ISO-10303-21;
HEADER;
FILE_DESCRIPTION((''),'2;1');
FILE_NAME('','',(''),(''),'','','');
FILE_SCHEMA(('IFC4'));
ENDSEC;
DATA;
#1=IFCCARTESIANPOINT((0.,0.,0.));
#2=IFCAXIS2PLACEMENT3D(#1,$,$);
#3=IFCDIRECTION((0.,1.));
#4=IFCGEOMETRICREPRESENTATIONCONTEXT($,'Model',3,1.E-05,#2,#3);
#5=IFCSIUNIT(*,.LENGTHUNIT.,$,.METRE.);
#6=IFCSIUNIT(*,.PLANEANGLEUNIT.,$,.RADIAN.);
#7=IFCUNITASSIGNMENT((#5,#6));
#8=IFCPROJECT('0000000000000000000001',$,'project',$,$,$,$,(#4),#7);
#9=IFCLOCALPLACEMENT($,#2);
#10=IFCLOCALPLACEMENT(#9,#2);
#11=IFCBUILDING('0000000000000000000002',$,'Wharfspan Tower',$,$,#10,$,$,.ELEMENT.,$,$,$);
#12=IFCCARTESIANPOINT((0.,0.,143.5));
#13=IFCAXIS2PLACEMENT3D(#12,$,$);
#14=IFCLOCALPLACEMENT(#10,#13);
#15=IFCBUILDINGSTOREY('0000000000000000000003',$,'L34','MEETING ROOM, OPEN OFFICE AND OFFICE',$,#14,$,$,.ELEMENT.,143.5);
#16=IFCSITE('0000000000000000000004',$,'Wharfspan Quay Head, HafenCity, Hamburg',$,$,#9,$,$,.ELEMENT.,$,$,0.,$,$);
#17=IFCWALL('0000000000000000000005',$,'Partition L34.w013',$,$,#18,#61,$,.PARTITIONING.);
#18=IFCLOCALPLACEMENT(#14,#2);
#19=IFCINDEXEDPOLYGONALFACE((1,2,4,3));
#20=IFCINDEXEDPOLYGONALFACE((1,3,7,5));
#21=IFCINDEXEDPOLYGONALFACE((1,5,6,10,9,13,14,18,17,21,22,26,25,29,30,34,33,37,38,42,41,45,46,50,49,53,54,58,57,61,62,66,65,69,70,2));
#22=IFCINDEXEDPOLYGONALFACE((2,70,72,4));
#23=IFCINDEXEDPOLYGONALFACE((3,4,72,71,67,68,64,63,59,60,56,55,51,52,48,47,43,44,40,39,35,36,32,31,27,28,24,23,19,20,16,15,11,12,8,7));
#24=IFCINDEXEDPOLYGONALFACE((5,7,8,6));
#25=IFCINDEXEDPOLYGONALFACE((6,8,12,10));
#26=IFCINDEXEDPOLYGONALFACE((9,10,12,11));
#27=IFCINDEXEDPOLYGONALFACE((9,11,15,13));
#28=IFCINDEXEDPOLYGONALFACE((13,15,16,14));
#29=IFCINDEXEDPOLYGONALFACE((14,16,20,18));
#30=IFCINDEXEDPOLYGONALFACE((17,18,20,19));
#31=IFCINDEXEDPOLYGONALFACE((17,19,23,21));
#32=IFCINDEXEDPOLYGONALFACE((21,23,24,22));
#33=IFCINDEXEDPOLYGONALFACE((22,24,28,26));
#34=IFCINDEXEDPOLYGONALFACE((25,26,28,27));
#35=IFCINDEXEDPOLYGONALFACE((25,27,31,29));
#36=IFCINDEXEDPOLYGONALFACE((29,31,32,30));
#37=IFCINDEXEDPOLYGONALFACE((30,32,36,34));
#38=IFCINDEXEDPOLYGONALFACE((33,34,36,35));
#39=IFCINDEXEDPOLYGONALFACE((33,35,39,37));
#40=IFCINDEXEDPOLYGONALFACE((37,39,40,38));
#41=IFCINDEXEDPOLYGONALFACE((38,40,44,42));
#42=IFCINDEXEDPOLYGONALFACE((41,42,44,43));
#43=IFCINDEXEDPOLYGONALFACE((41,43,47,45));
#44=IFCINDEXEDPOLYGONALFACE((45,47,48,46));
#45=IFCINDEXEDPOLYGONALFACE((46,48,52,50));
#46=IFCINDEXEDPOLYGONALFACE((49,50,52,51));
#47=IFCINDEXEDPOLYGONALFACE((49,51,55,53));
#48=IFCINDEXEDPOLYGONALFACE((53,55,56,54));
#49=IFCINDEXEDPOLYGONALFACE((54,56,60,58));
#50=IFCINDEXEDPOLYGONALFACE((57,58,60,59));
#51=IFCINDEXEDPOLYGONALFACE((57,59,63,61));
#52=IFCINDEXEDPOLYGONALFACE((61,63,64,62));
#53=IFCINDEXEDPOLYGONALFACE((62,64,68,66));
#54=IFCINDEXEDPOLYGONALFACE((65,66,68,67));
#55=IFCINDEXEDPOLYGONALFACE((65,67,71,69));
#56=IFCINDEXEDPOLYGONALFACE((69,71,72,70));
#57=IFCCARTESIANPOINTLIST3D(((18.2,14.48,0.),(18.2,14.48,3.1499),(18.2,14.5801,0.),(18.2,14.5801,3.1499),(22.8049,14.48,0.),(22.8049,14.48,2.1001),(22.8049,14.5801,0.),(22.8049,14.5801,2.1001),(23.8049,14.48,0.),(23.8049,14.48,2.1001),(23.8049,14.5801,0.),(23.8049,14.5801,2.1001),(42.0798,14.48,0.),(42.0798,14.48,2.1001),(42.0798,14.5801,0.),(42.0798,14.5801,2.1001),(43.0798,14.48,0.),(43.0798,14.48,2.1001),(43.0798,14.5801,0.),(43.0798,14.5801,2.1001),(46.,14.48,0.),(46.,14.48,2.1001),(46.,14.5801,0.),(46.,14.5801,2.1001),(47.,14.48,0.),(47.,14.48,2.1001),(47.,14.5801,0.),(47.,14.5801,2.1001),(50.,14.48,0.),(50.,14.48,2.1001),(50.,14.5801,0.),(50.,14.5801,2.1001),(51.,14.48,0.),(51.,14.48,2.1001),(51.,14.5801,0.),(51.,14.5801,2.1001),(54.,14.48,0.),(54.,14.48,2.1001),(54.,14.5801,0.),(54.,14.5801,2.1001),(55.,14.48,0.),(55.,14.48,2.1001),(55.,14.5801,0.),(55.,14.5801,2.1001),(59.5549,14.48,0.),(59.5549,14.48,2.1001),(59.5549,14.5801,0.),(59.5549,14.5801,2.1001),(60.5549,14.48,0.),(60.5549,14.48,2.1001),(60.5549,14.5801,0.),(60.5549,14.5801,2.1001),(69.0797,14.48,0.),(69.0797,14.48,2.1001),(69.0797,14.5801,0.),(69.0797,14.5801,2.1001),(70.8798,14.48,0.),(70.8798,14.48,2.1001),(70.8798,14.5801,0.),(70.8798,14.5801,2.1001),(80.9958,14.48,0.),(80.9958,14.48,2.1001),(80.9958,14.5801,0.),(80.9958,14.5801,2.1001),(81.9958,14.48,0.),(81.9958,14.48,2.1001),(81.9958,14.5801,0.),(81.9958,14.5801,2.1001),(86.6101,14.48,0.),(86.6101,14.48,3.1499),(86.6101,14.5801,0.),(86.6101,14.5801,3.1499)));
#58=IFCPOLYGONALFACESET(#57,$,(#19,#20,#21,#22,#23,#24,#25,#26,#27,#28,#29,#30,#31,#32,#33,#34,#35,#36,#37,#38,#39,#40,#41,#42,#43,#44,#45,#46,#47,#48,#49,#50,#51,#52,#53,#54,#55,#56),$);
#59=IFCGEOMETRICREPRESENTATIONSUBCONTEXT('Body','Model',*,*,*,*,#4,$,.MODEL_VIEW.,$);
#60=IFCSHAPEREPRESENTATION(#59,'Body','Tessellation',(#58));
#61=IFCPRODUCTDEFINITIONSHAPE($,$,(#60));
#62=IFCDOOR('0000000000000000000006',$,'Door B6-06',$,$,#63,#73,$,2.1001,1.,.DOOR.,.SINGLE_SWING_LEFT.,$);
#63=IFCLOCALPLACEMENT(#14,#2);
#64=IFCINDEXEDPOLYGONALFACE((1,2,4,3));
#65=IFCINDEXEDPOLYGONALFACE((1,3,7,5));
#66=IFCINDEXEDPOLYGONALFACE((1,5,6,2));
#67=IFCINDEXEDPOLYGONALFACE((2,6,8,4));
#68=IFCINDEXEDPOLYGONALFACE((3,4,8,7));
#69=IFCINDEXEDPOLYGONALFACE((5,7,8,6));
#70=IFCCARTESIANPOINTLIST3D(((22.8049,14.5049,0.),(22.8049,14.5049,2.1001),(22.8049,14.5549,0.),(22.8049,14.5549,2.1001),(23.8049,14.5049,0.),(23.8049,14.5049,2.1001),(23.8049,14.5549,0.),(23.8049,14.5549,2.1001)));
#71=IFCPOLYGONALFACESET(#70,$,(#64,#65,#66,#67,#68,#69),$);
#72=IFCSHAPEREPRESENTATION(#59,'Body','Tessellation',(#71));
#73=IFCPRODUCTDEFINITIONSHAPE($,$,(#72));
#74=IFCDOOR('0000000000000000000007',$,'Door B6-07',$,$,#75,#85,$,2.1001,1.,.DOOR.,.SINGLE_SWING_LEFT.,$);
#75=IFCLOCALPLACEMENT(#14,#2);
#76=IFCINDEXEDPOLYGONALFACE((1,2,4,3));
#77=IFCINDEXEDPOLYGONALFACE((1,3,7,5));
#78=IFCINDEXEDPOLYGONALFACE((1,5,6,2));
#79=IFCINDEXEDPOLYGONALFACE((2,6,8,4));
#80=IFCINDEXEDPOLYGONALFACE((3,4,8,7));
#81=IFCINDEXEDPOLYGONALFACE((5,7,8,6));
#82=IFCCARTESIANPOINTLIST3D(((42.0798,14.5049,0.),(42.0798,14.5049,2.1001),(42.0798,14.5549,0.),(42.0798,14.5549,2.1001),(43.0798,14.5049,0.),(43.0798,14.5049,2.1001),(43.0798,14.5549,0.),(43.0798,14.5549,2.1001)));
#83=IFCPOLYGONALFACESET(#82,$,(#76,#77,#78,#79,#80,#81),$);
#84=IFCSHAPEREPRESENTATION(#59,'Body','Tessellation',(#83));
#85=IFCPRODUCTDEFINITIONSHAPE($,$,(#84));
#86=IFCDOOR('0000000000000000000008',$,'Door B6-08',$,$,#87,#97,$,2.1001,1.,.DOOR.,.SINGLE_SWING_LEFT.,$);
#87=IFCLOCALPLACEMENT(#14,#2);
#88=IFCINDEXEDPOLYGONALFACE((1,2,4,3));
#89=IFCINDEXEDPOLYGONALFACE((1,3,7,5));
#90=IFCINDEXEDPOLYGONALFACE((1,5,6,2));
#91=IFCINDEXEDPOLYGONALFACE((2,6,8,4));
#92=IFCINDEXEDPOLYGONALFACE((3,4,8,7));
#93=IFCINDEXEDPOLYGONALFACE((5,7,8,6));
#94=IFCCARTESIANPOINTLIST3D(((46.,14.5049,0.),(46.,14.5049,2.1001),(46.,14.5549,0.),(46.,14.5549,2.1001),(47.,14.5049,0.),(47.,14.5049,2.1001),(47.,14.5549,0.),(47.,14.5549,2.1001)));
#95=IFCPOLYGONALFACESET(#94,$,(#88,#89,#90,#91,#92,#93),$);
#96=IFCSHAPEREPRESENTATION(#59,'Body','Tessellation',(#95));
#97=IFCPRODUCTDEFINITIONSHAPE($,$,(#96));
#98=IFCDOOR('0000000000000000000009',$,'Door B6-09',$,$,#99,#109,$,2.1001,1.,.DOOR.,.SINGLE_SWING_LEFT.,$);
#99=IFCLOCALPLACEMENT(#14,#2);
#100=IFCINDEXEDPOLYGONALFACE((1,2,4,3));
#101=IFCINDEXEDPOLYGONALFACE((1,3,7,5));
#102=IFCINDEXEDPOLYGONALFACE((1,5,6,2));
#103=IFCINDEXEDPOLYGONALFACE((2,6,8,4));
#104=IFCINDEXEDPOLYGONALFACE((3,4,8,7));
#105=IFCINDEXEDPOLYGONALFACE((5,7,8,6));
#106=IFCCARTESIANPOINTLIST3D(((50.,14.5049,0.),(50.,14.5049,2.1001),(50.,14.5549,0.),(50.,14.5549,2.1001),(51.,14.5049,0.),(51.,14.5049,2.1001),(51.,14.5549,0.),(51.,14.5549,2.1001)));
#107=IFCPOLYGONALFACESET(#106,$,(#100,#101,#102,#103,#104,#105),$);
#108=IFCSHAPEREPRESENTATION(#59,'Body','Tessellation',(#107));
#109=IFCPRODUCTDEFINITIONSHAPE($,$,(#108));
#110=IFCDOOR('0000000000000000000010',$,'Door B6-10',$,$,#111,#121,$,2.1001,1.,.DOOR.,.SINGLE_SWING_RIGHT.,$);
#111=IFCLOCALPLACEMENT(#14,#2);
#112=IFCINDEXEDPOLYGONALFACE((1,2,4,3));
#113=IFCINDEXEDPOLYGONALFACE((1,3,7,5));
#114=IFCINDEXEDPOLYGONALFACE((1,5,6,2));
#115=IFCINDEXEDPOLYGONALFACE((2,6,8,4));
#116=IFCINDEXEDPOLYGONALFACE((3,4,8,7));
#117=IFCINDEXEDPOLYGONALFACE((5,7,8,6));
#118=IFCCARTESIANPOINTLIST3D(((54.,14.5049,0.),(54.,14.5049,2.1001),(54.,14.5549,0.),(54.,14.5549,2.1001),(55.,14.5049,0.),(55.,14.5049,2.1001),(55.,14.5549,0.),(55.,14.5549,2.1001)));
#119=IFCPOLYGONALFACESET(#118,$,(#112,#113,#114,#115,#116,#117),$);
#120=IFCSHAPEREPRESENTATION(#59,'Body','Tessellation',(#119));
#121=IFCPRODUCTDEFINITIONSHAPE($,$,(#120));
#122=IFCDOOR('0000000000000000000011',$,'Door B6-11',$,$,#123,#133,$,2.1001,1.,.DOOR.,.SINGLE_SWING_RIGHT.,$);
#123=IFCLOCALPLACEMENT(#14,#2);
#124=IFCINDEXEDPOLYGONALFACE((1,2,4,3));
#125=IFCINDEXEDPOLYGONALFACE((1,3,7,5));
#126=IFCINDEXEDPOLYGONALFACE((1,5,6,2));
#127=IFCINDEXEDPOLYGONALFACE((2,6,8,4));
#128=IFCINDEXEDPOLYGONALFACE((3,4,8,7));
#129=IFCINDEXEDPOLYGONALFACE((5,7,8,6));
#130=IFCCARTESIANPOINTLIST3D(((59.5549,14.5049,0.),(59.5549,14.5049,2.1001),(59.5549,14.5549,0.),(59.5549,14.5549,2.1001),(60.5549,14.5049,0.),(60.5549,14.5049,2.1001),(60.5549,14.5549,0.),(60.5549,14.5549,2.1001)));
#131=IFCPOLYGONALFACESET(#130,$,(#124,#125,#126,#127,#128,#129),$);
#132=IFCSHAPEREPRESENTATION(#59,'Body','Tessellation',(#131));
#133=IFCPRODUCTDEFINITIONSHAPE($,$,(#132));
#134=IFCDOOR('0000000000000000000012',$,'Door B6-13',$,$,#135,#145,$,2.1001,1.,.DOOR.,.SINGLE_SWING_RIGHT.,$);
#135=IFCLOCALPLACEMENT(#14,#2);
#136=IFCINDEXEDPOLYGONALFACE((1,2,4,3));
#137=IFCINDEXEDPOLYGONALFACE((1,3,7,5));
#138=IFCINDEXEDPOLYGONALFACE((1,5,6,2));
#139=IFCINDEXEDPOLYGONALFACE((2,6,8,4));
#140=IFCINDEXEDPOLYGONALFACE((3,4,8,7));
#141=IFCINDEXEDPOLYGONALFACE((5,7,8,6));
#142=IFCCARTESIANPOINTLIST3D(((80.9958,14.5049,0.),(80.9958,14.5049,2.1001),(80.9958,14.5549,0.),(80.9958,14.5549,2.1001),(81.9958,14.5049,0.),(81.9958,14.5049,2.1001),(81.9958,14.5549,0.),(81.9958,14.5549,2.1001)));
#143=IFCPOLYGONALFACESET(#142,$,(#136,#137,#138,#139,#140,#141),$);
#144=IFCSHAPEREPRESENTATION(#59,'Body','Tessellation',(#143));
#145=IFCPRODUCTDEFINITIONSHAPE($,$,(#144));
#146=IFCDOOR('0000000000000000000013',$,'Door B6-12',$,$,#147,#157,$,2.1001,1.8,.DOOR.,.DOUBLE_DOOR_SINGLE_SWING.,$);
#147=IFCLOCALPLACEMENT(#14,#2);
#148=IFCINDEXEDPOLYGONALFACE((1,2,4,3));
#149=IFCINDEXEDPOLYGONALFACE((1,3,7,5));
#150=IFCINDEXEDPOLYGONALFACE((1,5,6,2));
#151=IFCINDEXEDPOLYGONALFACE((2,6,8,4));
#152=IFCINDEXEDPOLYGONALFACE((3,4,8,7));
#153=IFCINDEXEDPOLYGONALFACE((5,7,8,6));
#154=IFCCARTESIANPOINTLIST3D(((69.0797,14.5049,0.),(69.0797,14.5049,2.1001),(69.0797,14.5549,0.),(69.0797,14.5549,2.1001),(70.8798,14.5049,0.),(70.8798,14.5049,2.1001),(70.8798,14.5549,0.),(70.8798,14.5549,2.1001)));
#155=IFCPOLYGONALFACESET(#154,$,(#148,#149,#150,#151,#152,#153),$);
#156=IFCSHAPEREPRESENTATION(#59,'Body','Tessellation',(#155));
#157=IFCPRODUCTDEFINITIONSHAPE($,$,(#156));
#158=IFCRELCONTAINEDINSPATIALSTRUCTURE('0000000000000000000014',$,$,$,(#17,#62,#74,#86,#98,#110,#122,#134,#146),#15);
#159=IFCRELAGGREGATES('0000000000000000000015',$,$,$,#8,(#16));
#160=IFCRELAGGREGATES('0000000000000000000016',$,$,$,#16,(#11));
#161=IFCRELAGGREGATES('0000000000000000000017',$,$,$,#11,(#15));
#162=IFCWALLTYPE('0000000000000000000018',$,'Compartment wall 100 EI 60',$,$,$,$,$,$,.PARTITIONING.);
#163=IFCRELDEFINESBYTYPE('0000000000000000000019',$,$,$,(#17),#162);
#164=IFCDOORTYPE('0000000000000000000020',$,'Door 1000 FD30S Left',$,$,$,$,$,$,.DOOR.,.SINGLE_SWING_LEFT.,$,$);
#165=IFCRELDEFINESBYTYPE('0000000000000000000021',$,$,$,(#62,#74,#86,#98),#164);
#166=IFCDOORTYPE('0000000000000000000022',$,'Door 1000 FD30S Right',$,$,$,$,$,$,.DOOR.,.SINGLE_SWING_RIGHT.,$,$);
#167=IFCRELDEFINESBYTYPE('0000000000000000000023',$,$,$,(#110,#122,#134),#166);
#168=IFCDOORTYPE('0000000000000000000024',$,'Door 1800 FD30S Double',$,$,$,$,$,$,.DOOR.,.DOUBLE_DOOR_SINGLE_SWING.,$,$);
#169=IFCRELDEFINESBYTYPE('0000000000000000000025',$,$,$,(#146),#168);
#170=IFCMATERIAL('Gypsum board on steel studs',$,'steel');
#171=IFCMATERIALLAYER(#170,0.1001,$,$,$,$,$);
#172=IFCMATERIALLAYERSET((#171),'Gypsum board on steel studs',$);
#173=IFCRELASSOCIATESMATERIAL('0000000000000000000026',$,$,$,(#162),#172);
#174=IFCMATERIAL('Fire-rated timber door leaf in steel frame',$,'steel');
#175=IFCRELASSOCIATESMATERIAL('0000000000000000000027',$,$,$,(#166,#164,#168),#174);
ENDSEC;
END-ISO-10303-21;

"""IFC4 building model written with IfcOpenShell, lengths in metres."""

from ifc_helpers import new_model, si_unit, direction, frame, frame_2d, origin, place, context, subcontext, project, spatial, rectangle, extrude, material, layer, layer_set, type_object, element, fill, save


model = new_model("IFC4")

# Units and contexts
model_context = context("Model", 3, precision=1e-05, world=origin(), true_north=direction((0.0, 1.0)))
body_context = subcontext(model_context, "Body", "Model", "MODEL_VIEW")
ifc_project = project(units=[si_unit("LENGTHUNIT", "METRE"), si_unit("PLANEANGLEUNIT", "RADIAN")], contexts=[model_context])

# Site, building, storey
site_placement = place(None, origin())
site = spatial("IfcSite", under=ifc_project, at=site_placement, Name="Wharfspan Quay Head, HafenCity, Hamburg", CompositionType="ELEMENT", RefElevation=0.0)
building_placement = place(site_placement, origin())
building = spatial("IfcBuilding", under=site, at=building_placement, Name="Wharfspan Tower", CompositionType="ELEMENT")
storey_placement = place(building_placement, frame((0.0, 0.0, 143.5)))
storey = spatial("IfcBuildingStorey", under=building, at=storey_placement, Name="L34", Description="MEETING ROOM, OPEN OFFICE AND OFFICE", CompositionType="ELEMENT", Elevation=143.5)

# Shared definitions
ifc_material_1 = material(Name="Gypsum board on steel studs", Category="steel")
ifc_layer_1 = layer(ifc_material_1, 0.1001)
ifc_layer_set_1 = layer_set([ifc_layer_1], Name="Gypsum board on steel studs")
wall_type_1 = type_object("IfcWallType", Name="Compartment wall 100 EI 60", PredefinedType="PARTITIONING", material=ifc_layer_set_1)
ifc_material_2 = material(Name="Fire-rated timber door leaf in steel frame", Category="steel")
door_type_1 = type_object("IfcDoorType", Name="Door 1000 FD30S Right", OperationType="SINGLE_SWING_RIGHT", PredefinedType="DOOR", material=ifc_material_2)

# Wall, openings, doors
wall_1_placement = place(storey_placement, frame((18.2, 14.53, 0.0), z_axis=(0.0, 0.0, 1.0), x_axis=(1.0, 0.0, 0.0)))
wall_1 = element("IfcWall", 1, at=wall_1_placement, inside=storey, type_object=wall_type_1, Name="Partition L34.w013", PredefinedType="PARTITIONING", context=body_context, shape_type="SweptSolid", body=[
    extrude(rectangle(XDim=68.4102, YDim=0.1001, at=frame_2d((34.2051, 0.0))), origin(), (0.0, 0.0, 1.0), 3.1499),
])
opening_1_placement = place(wall_1_placement, frame((4.605, 0.0, 0.0)))
opening_1 = element("IfcOpeningElement", 2, at=opening_1_placement, cuts=wall_1, PredefinedType="OPENING", context=body_context, shape_type="SweptSolid", body=[
    extrude(rectangle(XDim=1.0, YDim=2.1001, at=frame_2d((0.5, 1.05))), frame((0.0, 0.0601, 0.0), z_axis=(0.0, -1.0, 0.0), x_axis=(1.0, 0.0, 0.0)), (0.0, 0.0, 1.0), 0.1201),
])
opening_2_placement = place(wall_1_placement, frame((23.8799, 0.0, 0.0)))
opening_2 = element("IfcOpeningElement", 3, at=opening_2_placement, cuts=wall_1, PredefinedType="OPENING", context=body_context, shape_type="SweptSolid", body=[
    extrude(rectangle(XDim=1.0, YDim=2.1001, at=frame_2d((0.5, 1.05))), frame((0.0, 0.0601, 0.0), z_axis=(0.0, -1.0, 0.0), x_axis=(1.0, 0.0, 0.0)), (0.0, 0.0, 1.0), 0.1201),
])
opening_3_placement = place(wall_1_placement, frame((27.8, 0.0, 0.0)))
opening_3 = element("IfcOpeningElement", 4, at=opening_3_placement, cuts=wall_1, PredefinedType="OPENING", context=body_context, shape_type="SweptSolid", body=[
    extrude(rectangle(XDim=1.0, YDim=2.1001, at=frame_2d((0.5, 1.05))), frame((0.0, 0.0601, 0.0), z_axis=(0.0, -1.0, 0.0), x_axis=(1.0, 0.0, 0.0)), (0.0, 0.0, 1.0), 0.1201),
])
opening_4_placement = place(wall_1_placement, frame((31.8, 0.0, 0.0)))
opening_4 = element("IfcOpeningElement", 5, at=opening_4_placement, cuts=wall_1, PredefinedType="OPENING", context=body_context, shape_type="SweptSolid", body=[
    extrude(rectangle(XDim=1.0, YDim=2.1001, at=frame_2d((0.5, 1.05))), frame((0.0, 0.0601, 0.0), z_axis=(0.0, -1.0, 0.0), x_axis=(1.0, 0.0, 0.0)), (0.0, 0.0, 1.0), 0.1201),
])
opening_5_placement = place(wall_1_placement, frame((35.8, 0.0, 0.0)))
opening_5 = element("IfcOpeningElement", 6, at=opening_5_placement, cuts=wall_1, PredefinedType="OPENING", context=body_context, shape_type="SweptSolid", body=[
    extrude(rectangle(XDim=1.0, YDim=2.1001, at=frame_2d((0.5, 1.05))), frame((0.0, 0.0601, 0.0), z_axis=(0.0, -1.0, 0.0), x_axis=(1.0, 0.0, 0.0)), (0.0, 0.0, 1.0), 0.1201),
])
opening_6_placement = place(wall_1_placement, frame((41.355, 0.0, 0.0)))
opening_6 = element("IfcOpeningElement", 7, at=opening_6_placement, cuts=wall_1, PredefinedType="OPENING", context=body_context, shape_type="SweptSolid", body=[
    extrude(rectangle(XDim=1.0, YDim=2.1001, at=frame_2d((0.5, 1.05))), frame((0.0, 0.0601, 0.0), z_axis=(0.0, -1.0, 0.0), x_axis=(1.0, 0.0, 0.0)), (0.0, 0.0, 1.0), 0.1201),
])
opening_7_placement = place(wall_1_placement, frame((50.8799, 0.0, 0.0)))
opening_7 = element("IfcOpeningElement", 8, at=opening_7_placement, cuts=wall_1, PredefinedType="OPENING", context=body_context, shape_type="SweptSolid", body=[
    extrude(rectangle(XDim=1.8, YDim=2.1001, at=frame_2d((0.8999, 1.05))), frame((0.0, 0.0601, 0.0), z_axis=(0.0, -1.0, 0.0), x_axis=(1.0, 0.0, 0.0)), (0.0, 0.0, 1.0), 0.1201),
])
opening_8_placement = place(wall_1_placement, frame((62.7959, 0.0, 0.0)))
opening_8 = element("IfcOpeningElement", 9, at=opening_8_placement, cuts=wall_1, PredefinedType="OPENING", context=body_context, shape_type="SweptSolid", body=[
    extrude(rectangle(XDim=1.0, YDim=2.1001, at=frame_2d((0.5, 1.05))), frame((0.0, 0.0601, 0.0), z_axis=(0.0, -1.0, 0.0), x_axis=(1.0, 0.0, 0.0)), (0.0, 0.0, 1.0), 0.1201),
])
door_type_2 = type_object("IfcDoorType", Name="Door 1000 FD30S Left", OperationType="SINGLE_SWING_LEFT", PredefinedType="DOOR", material=ifc_material_2)
door_1_placement = place(opening_1_placement, origin())
door_1 = element("IfcDoor", 10, at=door_1_placement, inside=storey, type_object=door_type_2, Name="Door B6-06", OperationType="SINGLE_SWING_LEFT", OverallHeight=2.1001, OverallWidth=1.0, PredefinedType="DOOR", context=body_context, shape_type="SweptSolid", body=[
    extrude(rectangle(XDim=1.0, YDim=2.1001, at=frame_2d((0.5, 1.05))), frame((0.0, 0.0249, 0.0), z_axis=(0.0, -1.0, 0.0), x_axis=(1.0, 0.0, 0.0)), (0.0, 0.0, 1.0), 0.05),
])
fill(opening_1, door_1)
door_2_placement = place(opening_2_placement, origin())
door_2 = element("IfcDoor", 11, at=door_2_placement, inside=storey, type_object=door_type_2, Name="Door B6-07", OperationType="SINGLE_SWING_LEFT", OverallHeight=2.1001, OverallWidth=1.0, PredefinedType="DOOR", context=body_context, shape_type="SweptSolid", body=[
    extrude(rectangle(XDim=1.0, YDim=2.1001, at=frame_2d((0.5, 1.05))), frame((0.0, 0.0249, 0.0), z_axis=(0.0, -1.0, 0.0), x_axis=(1.0, 0.0, 0.0)), (0.0, 0.0, 1.0), 0.05),
])
fill(opening_2, door_2)
door_3_placement = place(opening_3_placement, origin())
door_3 = element("IfcDoor", 12, at=door_3_placement, inside=storey, type_object=door_type_2, Name="Door B6-08", OperationType="SINGLE_SWING_LEFT", OverallHeight=2.1001, OverallWidth=1.0, PredefinedType="DOOR", context=body_context, shape_type="SweptSolid", body=[
    extrude(rectangle(XDim=1.0, YDim=2.1001, at=frame_2d((0.5, 1.05))), frame((0.0, 0.0249, 0.0), z_axis=(0.0, -1.0, 0.0), x_axis=(1.0, 0.0, 0.0)), (0.0, 0.0, 1.0), 0.05),
])
fill(opening_3, door_3)
door_4_placement = place(opening_4_placement, origin())
door_4 = element("IfcDoor", 13, at=door_4_placement, inside=storey, type_object=door_type_2, Name="Door B6-09", OperationType="SINGLE_SWING_LEFT", OverallHeight=2.1001, OverallWidth=1.0, PredefinedType="DOOR", context=body_context, shape_type="SweptSolid", body=[
    extrude(rectangle(XDim=1.0, YDim=2.1001, at=frame_2d((0.5, 1.05))), frame((0.0, 0.0249, 0.0), z_axis=(0.0, -1.0, 0.0), x_axis=(1.0, 0.0, 0.0)), (0.0, 0.0, 1.0), 0.05),
])
fill(opening_4, door_4)
door_5_placement = place(opening_5_placement, origin())
door_5 = element("IfcDoor", 14, at=door_5_placement, inside=storey, type_object=door_type_1, Name="Door B6-10", OperationType="SINGLE_SWING_RIGHT", OverallHeight=2.1001, OverallWidth=1.0, PredefinedType="DOOR", context=body_context, shape_type="SweptSolid", body=[
    extrude(rectangle(XDim=1.0, YDim=2.1001, at=frame_2d((0.5, 1.05))), frame((0.0, 0.0249, 0.0), z_axis=(0.0, -1.0, 0.0), x_axis=(1.0, 0.0, 0.0)), (0.0, 0.0, 1.0), 0.05),
])
fill(opening_5, door_5)
door_6_placement = place(opening_6_placement, origin())
door_6 = element("IfcDoor", 15, at=door_6_placement, inside=storey, type_object=door_type_1, Name="Door B6-11", OperationType="SINGLE_SWING_RIGHT", OverallHeight=2.1001, OverallWidth=1.0, PredefinedType="DOOR", context=body_context, shape_type="SweptSolid", body=[
    extrude(rectangle(XDim=1.0, YDim=2.1001, at=frame_2d((0.5, 1.05))), frame((0.0, 0.0249, 0.0), z_axis=(0.0, -1.0, 0.0), x_axis=(1.0, 0.0, 0.0)), (0.0, 0.0, 1.0), 0.05),
])
fill(opening_6, door_6)
door_7_placement = place(opening_8_placement, origin())
door_7 = element("IfcDoor", 16, at=door_7_placement, inside=storey, type_object=door_type_1, Name="Door B6-13", OperationType="SINGLE_SWING_RIGHT", OverallHeight=2.1001, OverallWidth=1.0, PredefinedType="DOOR", context=body_context, shape_type="SweptSolid", body=[
    extrude(rectangle(XDim=1.0, YDim=2.1001, at=frame_2d((0.5, 1.05))), frame((0.0, 0.0249, 0.0), z_axis=(0.0, -1.0, 0.0), x_axis=(1.0, 0.0, 0.0)), (0.0, 0.0, 1.0), 0.05),
])
fill(opening_8, door_7)
door_type_3 = type_object("IfcDoorType", Name="Door 1800 FD30S Double", OperationType="DOUBLE_DOOR_SINGLE_SWING", PredefinedType="DOOR", material=ifc_material_2)
door_8_placement = place(opening_7_placement, origin())
door_8 = element("IfcDoor", 17, at=door_8_placement, inside=storey, type_object=door_type_3, Name="Door B6-12", OperationType="DOUBLE_DOOR_SINGLE_SWING", OverallHeight=2.1001, OverallWidth=1.8, PredefinedType="DOOR", context=body_context, shape_type="SweptSolid", body=[
    extrude(rectangle(XDim=1.8, YDim=2.1001, at=frame_2d((0.8999, 1.05))), frame((0.0, 0.0249, 0.0), z_axis=(0.0, -1.0, 0.0), x_axis=(1.0, 0.0, 0.0)), (0.0, 0.0, 1.0), 0.05),
])
fill(opening_7, door_8)

save(model, "model.ifc")
